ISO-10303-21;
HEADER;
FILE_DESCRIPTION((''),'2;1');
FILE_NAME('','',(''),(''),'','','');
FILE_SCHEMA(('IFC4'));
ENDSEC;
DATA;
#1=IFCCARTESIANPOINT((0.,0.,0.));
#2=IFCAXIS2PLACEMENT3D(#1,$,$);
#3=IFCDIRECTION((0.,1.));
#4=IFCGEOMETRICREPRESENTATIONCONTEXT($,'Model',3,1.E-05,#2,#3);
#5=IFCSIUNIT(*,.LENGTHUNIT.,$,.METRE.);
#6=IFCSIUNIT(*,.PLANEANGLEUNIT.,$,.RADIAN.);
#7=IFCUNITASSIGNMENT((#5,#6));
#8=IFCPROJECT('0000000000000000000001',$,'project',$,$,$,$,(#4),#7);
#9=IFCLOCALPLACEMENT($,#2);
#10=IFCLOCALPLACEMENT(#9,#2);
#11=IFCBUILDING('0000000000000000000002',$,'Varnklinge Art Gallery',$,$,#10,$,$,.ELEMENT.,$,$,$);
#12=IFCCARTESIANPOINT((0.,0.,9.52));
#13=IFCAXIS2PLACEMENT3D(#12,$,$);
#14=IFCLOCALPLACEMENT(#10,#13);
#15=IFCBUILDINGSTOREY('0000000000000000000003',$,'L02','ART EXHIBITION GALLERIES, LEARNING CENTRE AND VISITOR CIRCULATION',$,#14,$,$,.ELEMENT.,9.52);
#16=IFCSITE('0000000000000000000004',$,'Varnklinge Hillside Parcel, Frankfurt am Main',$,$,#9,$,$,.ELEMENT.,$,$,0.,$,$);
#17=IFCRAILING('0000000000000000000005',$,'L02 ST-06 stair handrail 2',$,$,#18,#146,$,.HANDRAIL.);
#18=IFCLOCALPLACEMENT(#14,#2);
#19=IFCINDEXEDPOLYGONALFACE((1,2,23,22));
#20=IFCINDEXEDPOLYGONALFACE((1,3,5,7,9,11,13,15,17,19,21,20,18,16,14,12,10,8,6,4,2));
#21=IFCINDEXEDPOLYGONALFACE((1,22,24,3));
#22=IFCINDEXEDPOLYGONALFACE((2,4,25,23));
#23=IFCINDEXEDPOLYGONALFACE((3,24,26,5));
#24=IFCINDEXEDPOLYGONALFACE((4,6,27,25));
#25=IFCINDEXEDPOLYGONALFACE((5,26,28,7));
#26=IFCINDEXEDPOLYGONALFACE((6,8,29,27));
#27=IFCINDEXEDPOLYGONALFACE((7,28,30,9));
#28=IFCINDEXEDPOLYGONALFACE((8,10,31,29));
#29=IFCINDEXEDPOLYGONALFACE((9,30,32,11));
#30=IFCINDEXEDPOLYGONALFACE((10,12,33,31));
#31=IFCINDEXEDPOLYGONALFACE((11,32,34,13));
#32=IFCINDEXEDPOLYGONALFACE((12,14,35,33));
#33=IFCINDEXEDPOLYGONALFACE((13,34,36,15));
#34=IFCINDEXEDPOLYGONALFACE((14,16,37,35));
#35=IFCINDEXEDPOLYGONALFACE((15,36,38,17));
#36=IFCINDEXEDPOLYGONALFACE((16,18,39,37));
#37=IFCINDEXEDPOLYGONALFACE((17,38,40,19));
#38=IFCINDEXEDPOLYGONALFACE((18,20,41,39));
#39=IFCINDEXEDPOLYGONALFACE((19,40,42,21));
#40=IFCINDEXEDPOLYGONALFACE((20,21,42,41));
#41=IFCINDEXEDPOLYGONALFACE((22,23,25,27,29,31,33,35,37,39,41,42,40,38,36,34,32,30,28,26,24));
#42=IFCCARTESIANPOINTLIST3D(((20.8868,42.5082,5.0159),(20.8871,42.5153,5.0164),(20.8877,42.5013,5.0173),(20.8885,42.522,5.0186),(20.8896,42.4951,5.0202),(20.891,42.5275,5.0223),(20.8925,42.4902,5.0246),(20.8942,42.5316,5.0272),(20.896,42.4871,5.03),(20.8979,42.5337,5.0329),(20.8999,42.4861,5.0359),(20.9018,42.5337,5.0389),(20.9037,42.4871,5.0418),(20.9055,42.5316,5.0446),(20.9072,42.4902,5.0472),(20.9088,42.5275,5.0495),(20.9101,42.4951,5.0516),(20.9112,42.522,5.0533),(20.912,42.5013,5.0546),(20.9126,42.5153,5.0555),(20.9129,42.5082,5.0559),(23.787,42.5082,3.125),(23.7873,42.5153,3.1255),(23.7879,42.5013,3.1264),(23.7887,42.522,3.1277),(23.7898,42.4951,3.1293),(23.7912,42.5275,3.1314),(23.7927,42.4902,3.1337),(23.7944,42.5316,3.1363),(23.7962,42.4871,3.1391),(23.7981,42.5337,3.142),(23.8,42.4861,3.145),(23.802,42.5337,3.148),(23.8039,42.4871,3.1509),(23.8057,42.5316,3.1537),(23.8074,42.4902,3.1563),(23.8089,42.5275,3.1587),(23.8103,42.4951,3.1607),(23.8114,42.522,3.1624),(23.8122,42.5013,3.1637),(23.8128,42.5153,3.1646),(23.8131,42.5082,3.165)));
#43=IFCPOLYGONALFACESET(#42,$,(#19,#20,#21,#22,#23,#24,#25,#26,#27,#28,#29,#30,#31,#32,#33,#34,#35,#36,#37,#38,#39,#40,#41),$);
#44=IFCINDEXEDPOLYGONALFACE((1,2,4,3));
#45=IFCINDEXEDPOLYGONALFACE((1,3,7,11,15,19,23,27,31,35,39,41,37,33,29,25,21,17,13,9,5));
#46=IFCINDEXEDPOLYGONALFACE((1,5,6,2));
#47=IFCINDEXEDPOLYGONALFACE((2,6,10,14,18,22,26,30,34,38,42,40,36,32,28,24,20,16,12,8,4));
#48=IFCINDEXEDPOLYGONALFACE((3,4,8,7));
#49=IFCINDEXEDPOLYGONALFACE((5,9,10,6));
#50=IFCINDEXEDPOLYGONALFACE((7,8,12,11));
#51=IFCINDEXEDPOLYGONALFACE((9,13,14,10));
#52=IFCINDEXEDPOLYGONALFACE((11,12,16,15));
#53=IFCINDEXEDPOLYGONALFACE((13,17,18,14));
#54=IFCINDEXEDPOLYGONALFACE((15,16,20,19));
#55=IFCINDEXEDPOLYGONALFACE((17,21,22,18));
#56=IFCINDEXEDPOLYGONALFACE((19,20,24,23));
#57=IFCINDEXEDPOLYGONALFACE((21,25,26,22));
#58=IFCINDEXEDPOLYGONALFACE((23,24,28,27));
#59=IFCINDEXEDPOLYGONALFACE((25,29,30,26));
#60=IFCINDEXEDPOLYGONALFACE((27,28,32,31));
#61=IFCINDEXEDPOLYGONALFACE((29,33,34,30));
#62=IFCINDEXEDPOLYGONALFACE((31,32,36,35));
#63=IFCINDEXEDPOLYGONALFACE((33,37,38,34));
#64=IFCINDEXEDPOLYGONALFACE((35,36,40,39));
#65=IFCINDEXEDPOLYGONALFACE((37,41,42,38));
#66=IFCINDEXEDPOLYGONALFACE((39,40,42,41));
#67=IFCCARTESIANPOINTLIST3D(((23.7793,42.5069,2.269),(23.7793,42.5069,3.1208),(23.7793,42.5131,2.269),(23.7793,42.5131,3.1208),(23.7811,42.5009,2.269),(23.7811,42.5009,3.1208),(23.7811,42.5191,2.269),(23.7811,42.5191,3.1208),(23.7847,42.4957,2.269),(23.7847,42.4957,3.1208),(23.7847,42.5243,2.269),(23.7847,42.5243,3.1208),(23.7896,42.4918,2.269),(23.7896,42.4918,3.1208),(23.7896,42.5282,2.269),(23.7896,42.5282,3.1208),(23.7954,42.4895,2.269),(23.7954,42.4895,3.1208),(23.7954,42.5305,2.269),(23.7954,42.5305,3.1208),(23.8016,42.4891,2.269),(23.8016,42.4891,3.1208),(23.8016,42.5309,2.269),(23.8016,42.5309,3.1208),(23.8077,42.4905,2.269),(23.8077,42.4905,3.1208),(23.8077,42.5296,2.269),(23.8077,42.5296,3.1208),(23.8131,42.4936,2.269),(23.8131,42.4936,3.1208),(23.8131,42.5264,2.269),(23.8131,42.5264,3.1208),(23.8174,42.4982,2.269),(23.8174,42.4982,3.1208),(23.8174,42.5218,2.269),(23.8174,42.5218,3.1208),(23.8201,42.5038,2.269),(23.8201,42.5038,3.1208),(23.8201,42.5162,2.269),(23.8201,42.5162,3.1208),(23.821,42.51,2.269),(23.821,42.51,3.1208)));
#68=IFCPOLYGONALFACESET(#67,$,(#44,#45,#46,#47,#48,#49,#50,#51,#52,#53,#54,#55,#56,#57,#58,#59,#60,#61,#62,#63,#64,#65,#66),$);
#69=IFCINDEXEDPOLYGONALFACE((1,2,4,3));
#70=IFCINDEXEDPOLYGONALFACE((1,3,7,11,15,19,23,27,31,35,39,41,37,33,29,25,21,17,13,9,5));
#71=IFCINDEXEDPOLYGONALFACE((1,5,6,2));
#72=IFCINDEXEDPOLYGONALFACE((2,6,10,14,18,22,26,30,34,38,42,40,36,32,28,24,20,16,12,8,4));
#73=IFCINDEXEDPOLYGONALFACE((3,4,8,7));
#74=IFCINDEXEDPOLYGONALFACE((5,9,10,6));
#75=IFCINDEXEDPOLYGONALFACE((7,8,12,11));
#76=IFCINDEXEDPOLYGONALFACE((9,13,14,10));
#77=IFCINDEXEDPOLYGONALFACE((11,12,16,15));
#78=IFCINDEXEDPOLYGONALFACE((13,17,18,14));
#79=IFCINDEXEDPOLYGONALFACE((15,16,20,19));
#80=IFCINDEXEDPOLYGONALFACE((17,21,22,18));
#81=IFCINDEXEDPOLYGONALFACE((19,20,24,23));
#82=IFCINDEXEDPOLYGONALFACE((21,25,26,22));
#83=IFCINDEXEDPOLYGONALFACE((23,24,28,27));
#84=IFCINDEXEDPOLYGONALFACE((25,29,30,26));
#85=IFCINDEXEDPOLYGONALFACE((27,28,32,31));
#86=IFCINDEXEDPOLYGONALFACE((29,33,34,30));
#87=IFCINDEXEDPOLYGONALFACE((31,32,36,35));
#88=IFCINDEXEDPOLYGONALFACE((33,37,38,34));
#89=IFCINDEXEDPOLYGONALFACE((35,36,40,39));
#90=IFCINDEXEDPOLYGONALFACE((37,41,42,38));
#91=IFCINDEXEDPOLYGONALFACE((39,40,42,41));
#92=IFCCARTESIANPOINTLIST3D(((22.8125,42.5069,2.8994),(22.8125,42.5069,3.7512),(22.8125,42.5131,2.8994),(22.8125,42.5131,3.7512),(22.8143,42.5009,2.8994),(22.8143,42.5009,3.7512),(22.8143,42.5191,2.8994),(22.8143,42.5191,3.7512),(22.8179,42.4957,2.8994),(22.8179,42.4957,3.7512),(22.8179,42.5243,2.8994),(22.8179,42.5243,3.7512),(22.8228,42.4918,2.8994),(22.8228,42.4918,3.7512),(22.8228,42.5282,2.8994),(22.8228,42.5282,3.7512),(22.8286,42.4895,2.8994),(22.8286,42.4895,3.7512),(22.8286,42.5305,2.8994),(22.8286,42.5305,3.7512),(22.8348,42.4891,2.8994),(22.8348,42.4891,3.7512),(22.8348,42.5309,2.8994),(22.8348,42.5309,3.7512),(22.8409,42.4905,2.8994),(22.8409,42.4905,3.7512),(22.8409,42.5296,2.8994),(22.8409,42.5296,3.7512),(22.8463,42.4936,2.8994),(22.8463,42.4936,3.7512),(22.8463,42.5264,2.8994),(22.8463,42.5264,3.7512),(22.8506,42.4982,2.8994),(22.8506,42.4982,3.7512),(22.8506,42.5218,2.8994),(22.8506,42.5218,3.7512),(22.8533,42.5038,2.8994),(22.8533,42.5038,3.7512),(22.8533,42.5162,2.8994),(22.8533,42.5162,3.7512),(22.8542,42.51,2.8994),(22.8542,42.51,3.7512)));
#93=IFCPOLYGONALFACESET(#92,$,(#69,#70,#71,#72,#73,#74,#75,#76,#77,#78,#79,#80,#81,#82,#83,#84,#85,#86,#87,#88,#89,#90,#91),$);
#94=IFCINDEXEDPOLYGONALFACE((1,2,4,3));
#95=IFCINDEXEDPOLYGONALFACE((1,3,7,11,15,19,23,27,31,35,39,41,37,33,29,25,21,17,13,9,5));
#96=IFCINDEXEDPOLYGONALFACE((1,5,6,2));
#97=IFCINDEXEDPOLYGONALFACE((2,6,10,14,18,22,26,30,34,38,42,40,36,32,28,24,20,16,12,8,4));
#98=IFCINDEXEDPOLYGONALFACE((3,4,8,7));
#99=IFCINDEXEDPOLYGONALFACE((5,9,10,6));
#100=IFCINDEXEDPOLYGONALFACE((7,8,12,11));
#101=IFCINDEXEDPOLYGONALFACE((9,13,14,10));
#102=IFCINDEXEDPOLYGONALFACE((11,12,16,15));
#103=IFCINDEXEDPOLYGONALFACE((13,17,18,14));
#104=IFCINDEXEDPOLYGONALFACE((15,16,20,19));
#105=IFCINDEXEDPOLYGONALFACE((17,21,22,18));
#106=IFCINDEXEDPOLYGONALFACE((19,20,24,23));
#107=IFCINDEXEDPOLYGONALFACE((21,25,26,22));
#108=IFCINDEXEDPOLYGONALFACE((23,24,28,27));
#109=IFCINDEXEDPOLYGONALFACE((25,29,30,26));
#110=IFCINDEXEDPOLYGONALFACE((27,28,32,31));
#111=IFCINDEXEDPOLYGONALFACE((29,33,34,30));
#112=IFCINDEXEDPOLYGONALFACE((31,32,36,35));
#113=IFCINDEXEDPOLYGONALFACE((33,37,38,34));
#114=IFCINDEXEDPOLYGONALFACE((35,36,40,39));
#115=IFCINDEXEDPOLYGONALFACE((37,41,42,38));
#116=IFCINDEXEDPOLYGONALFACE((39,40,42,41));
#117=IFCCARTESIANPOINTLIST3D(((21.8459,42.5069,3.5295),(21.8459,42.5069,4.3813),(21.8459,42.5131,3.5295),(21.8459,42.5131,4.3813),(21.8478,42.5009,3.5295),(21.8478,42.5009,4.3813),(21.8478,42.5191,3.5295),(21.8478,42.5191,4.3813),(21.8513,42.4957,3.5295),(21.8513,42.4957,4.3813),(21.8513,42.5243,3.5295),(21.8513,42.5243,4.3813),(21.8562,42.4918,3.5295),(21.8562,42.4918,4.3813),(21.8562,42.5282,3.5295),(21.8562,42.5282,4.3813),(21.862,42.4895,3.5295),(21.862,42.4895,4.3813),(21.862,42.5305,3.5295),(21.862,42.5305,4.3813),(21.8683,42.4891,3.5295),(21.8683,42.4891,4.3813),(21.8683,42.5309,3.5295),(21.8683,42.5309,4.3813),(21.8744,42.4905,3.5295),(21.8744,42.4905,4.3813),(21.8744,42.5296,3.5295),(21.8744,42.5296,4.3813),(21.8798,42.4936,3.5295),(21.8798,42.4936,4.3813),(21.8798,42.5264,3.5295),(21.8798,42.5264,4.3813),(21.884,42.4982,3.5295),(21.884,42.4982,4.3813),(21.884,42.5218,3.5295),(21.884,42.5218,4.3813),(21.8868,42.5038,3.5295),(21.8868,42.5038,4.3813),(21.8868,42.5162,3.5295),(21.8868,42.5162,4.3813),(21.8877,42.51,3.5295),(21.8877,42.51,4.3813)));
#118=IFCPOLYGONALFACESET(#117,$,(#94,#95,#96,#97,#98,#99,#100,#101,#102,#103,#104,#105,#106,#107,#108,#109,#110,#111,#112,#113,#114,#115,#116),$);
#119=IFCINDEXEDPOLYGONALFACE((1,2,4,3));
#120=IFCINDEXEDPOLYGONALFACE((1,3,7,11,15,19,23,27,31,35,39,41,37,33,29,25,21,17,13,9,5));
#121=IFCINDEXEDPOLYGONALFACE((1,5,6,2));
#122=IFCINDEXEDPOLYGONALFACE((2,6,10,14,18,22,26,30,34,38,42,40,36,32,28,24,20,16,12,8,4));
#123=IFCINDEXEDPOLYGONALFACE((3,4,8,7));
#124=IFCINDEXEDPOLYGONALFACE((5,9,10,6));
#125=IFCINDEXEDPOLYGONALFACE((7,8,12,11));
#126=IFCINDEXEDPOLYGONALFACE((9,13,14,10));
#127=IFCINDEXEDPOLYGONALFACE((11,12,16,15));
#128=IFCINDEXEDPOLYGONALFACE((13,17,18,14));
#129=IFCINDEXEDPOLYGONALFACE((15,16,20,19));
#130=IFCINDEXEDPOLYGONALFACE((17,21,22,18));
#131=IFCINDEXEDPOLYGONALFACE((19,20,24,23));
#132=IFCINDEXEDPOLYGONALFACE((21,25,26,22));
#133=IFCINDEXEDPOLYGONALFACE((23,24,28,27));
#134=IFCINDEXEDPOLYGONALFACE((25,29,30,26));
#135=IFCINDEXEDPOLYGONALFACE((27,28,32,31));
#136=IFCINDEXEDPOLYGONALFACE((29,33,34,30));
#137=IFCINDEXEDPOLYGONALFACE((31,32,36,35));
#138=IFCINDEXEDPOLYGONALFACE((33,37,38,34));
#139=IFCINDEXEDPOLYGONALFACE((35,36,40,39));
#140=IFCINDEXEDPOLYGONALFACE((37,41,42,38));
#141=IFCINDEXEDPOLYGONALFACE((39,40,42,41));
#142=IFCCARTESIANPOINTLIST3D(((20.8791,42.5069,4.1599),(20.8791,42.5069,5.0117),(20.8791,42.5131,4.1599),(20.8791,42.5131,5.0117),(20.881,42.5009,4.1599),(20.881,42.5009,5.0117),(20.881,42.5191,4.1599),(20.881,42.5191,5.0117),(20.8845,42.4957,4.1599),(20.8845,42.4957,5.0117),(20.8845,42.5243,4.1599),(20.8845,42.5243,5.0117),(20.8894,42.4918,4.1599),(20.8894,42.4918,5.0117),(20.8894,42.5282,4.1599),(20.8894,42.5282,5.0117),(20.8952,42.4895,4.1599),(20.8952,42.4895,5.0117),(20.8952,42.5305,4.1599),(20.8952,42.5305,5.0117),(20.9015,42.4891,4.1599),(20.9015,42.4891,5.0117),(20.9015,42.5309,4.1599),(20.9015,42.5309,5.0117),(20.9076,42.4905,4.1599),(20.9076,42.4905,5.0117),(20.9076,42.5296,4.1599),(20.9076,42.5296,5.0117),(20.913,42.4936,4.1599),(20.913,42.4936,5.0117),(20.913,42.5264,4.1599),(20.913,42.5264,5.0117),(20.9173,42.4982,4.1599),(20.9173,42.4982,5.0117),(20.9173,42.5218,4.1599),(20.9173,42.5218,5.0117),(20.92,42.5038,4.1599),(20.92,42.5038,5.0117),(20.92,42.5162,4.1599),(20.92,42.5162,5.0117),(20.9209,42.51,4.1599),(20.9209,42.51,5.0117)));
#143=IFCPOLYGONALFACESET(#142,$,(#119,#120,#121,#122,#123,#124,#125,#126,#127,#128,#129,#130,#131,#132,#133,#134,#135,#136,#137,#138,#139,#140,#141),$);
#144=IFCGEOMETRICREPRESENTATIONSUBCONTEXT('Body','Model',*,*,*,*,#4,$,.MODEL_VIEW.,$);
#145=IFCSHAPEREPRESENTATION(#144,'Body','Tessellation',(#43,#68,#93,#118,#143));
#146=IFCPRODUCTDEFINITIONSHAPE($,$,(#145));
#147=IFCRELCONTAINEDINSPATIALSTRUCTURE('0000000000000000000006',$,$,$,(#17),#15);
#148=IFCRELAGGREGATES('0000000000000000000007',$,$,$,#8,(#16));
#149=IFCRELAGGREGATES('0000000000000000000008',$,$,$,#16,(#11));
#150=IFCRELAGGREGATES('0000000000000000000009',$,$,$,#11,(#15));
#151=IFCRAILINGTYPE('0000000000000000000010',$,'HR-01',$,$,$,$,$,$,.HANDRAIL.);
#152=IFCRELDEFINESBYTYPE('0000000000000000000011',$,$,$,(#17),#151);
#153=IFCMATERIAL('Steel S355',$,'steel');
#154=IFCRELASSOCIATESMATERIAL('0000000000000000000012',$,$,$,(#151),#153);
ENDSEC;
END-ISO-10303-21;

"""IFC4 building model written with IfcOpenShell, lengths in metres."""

from ifc_helpers import new_model, si_unit, direction, frame, origin, origin_2d, place, context, subcontext, project, spatial, circle, extrude, material, type_object, element, save


model = new_model("IFC4")

# Units and contexts
model_context = context("Model", 3, precision=1e-05, world=origin(), true_north=direction((0.0, 1.0)))
body_context = subcontext(model_context, "Body", "Model", "MODEL_VIEW")
ifc_project = project(units=[si_unit("LENGTHUNIT", "METRE"), si_unit("PLANEANGLEUNIT", "RADIAN")], contexts=[model_context])

# Site, building, storey
site_placement = place(None, origin())
site = spatial("IfcSite", under=ifc_project, at=site_placement, Name="Varnklinge Hillside Parcel, Frankfurt am Main", CompositionType="ELEMENT", RefElevation=0.0)
building_placement = place(site_placement, origin())
building = spatial("IfcBuilding", under=site, at=building_placement, Name="Varnklinge Art Gallery", CompositionType="ELEMENT")
storey_placement = place(building_placement, frame((0.0, 0.0, 9.52)))
storey = spatial("IfcBuildingStorey", under=building, at=storey_placement, Name="L02", Description="ART EXHIBITION GALLERIES, LEARNING CENTRE AND VISITOR CIRCULATION", CompositionType="ELEMENT", Elevation=9.52)

# Railing
ifc_material_1 = material(Name="Steel S355", Category="steel")
railing_type_1 = type_object("IfcRailingType", Name="HR-01", PredefinedType="HANDRAIL", material=ifc_material_1)
railing_1_placement = place(storey_placement, frame((23.8, 42.51, 2.269)))
element("IfcRailing", 1, at=railing_1_placement, inside=storey, type_object=railing_type_1, Name="L02 ST-06 stair handrail 2", PredefinedType="HANDRAIL", context=body_context, shape_type="SweptSolid", body=[
    extrude(circle(Radius=0.0239, at=origin_2d()), frame((0.0, 0.0, 0.876), z_axis=(-0.837681, 0.0, 0.54616), x_axis=(0.0, -1.0, 0.0)), (0.0, 0.0, 1.0), 3.4622),
    extrude(circle(Radius=0.021, at=origin_2d()), origin(), (0.0, 0.0, 1.0), 0.8518),
    extrude(circle(Radius=0.021, at=origin_2d()), frame((-0.9668, 0.0, 0.6304)), (0.0, 0.0, 1.0), 0.8518),
    extrude(circle(Radius=0.021, at=origin_2d()), frame((-1.9333, 0.0, 1.2605)), (0.0, 0.0, 1.0), 0.8518),
    extrude(circle(Radius=0.021, at=origin_2d()), frame((-2.9001, 0.0, 1.8909)), (0.0, 0.0, 1.0), 0.8518),
])

save(model, "model.ifc")
